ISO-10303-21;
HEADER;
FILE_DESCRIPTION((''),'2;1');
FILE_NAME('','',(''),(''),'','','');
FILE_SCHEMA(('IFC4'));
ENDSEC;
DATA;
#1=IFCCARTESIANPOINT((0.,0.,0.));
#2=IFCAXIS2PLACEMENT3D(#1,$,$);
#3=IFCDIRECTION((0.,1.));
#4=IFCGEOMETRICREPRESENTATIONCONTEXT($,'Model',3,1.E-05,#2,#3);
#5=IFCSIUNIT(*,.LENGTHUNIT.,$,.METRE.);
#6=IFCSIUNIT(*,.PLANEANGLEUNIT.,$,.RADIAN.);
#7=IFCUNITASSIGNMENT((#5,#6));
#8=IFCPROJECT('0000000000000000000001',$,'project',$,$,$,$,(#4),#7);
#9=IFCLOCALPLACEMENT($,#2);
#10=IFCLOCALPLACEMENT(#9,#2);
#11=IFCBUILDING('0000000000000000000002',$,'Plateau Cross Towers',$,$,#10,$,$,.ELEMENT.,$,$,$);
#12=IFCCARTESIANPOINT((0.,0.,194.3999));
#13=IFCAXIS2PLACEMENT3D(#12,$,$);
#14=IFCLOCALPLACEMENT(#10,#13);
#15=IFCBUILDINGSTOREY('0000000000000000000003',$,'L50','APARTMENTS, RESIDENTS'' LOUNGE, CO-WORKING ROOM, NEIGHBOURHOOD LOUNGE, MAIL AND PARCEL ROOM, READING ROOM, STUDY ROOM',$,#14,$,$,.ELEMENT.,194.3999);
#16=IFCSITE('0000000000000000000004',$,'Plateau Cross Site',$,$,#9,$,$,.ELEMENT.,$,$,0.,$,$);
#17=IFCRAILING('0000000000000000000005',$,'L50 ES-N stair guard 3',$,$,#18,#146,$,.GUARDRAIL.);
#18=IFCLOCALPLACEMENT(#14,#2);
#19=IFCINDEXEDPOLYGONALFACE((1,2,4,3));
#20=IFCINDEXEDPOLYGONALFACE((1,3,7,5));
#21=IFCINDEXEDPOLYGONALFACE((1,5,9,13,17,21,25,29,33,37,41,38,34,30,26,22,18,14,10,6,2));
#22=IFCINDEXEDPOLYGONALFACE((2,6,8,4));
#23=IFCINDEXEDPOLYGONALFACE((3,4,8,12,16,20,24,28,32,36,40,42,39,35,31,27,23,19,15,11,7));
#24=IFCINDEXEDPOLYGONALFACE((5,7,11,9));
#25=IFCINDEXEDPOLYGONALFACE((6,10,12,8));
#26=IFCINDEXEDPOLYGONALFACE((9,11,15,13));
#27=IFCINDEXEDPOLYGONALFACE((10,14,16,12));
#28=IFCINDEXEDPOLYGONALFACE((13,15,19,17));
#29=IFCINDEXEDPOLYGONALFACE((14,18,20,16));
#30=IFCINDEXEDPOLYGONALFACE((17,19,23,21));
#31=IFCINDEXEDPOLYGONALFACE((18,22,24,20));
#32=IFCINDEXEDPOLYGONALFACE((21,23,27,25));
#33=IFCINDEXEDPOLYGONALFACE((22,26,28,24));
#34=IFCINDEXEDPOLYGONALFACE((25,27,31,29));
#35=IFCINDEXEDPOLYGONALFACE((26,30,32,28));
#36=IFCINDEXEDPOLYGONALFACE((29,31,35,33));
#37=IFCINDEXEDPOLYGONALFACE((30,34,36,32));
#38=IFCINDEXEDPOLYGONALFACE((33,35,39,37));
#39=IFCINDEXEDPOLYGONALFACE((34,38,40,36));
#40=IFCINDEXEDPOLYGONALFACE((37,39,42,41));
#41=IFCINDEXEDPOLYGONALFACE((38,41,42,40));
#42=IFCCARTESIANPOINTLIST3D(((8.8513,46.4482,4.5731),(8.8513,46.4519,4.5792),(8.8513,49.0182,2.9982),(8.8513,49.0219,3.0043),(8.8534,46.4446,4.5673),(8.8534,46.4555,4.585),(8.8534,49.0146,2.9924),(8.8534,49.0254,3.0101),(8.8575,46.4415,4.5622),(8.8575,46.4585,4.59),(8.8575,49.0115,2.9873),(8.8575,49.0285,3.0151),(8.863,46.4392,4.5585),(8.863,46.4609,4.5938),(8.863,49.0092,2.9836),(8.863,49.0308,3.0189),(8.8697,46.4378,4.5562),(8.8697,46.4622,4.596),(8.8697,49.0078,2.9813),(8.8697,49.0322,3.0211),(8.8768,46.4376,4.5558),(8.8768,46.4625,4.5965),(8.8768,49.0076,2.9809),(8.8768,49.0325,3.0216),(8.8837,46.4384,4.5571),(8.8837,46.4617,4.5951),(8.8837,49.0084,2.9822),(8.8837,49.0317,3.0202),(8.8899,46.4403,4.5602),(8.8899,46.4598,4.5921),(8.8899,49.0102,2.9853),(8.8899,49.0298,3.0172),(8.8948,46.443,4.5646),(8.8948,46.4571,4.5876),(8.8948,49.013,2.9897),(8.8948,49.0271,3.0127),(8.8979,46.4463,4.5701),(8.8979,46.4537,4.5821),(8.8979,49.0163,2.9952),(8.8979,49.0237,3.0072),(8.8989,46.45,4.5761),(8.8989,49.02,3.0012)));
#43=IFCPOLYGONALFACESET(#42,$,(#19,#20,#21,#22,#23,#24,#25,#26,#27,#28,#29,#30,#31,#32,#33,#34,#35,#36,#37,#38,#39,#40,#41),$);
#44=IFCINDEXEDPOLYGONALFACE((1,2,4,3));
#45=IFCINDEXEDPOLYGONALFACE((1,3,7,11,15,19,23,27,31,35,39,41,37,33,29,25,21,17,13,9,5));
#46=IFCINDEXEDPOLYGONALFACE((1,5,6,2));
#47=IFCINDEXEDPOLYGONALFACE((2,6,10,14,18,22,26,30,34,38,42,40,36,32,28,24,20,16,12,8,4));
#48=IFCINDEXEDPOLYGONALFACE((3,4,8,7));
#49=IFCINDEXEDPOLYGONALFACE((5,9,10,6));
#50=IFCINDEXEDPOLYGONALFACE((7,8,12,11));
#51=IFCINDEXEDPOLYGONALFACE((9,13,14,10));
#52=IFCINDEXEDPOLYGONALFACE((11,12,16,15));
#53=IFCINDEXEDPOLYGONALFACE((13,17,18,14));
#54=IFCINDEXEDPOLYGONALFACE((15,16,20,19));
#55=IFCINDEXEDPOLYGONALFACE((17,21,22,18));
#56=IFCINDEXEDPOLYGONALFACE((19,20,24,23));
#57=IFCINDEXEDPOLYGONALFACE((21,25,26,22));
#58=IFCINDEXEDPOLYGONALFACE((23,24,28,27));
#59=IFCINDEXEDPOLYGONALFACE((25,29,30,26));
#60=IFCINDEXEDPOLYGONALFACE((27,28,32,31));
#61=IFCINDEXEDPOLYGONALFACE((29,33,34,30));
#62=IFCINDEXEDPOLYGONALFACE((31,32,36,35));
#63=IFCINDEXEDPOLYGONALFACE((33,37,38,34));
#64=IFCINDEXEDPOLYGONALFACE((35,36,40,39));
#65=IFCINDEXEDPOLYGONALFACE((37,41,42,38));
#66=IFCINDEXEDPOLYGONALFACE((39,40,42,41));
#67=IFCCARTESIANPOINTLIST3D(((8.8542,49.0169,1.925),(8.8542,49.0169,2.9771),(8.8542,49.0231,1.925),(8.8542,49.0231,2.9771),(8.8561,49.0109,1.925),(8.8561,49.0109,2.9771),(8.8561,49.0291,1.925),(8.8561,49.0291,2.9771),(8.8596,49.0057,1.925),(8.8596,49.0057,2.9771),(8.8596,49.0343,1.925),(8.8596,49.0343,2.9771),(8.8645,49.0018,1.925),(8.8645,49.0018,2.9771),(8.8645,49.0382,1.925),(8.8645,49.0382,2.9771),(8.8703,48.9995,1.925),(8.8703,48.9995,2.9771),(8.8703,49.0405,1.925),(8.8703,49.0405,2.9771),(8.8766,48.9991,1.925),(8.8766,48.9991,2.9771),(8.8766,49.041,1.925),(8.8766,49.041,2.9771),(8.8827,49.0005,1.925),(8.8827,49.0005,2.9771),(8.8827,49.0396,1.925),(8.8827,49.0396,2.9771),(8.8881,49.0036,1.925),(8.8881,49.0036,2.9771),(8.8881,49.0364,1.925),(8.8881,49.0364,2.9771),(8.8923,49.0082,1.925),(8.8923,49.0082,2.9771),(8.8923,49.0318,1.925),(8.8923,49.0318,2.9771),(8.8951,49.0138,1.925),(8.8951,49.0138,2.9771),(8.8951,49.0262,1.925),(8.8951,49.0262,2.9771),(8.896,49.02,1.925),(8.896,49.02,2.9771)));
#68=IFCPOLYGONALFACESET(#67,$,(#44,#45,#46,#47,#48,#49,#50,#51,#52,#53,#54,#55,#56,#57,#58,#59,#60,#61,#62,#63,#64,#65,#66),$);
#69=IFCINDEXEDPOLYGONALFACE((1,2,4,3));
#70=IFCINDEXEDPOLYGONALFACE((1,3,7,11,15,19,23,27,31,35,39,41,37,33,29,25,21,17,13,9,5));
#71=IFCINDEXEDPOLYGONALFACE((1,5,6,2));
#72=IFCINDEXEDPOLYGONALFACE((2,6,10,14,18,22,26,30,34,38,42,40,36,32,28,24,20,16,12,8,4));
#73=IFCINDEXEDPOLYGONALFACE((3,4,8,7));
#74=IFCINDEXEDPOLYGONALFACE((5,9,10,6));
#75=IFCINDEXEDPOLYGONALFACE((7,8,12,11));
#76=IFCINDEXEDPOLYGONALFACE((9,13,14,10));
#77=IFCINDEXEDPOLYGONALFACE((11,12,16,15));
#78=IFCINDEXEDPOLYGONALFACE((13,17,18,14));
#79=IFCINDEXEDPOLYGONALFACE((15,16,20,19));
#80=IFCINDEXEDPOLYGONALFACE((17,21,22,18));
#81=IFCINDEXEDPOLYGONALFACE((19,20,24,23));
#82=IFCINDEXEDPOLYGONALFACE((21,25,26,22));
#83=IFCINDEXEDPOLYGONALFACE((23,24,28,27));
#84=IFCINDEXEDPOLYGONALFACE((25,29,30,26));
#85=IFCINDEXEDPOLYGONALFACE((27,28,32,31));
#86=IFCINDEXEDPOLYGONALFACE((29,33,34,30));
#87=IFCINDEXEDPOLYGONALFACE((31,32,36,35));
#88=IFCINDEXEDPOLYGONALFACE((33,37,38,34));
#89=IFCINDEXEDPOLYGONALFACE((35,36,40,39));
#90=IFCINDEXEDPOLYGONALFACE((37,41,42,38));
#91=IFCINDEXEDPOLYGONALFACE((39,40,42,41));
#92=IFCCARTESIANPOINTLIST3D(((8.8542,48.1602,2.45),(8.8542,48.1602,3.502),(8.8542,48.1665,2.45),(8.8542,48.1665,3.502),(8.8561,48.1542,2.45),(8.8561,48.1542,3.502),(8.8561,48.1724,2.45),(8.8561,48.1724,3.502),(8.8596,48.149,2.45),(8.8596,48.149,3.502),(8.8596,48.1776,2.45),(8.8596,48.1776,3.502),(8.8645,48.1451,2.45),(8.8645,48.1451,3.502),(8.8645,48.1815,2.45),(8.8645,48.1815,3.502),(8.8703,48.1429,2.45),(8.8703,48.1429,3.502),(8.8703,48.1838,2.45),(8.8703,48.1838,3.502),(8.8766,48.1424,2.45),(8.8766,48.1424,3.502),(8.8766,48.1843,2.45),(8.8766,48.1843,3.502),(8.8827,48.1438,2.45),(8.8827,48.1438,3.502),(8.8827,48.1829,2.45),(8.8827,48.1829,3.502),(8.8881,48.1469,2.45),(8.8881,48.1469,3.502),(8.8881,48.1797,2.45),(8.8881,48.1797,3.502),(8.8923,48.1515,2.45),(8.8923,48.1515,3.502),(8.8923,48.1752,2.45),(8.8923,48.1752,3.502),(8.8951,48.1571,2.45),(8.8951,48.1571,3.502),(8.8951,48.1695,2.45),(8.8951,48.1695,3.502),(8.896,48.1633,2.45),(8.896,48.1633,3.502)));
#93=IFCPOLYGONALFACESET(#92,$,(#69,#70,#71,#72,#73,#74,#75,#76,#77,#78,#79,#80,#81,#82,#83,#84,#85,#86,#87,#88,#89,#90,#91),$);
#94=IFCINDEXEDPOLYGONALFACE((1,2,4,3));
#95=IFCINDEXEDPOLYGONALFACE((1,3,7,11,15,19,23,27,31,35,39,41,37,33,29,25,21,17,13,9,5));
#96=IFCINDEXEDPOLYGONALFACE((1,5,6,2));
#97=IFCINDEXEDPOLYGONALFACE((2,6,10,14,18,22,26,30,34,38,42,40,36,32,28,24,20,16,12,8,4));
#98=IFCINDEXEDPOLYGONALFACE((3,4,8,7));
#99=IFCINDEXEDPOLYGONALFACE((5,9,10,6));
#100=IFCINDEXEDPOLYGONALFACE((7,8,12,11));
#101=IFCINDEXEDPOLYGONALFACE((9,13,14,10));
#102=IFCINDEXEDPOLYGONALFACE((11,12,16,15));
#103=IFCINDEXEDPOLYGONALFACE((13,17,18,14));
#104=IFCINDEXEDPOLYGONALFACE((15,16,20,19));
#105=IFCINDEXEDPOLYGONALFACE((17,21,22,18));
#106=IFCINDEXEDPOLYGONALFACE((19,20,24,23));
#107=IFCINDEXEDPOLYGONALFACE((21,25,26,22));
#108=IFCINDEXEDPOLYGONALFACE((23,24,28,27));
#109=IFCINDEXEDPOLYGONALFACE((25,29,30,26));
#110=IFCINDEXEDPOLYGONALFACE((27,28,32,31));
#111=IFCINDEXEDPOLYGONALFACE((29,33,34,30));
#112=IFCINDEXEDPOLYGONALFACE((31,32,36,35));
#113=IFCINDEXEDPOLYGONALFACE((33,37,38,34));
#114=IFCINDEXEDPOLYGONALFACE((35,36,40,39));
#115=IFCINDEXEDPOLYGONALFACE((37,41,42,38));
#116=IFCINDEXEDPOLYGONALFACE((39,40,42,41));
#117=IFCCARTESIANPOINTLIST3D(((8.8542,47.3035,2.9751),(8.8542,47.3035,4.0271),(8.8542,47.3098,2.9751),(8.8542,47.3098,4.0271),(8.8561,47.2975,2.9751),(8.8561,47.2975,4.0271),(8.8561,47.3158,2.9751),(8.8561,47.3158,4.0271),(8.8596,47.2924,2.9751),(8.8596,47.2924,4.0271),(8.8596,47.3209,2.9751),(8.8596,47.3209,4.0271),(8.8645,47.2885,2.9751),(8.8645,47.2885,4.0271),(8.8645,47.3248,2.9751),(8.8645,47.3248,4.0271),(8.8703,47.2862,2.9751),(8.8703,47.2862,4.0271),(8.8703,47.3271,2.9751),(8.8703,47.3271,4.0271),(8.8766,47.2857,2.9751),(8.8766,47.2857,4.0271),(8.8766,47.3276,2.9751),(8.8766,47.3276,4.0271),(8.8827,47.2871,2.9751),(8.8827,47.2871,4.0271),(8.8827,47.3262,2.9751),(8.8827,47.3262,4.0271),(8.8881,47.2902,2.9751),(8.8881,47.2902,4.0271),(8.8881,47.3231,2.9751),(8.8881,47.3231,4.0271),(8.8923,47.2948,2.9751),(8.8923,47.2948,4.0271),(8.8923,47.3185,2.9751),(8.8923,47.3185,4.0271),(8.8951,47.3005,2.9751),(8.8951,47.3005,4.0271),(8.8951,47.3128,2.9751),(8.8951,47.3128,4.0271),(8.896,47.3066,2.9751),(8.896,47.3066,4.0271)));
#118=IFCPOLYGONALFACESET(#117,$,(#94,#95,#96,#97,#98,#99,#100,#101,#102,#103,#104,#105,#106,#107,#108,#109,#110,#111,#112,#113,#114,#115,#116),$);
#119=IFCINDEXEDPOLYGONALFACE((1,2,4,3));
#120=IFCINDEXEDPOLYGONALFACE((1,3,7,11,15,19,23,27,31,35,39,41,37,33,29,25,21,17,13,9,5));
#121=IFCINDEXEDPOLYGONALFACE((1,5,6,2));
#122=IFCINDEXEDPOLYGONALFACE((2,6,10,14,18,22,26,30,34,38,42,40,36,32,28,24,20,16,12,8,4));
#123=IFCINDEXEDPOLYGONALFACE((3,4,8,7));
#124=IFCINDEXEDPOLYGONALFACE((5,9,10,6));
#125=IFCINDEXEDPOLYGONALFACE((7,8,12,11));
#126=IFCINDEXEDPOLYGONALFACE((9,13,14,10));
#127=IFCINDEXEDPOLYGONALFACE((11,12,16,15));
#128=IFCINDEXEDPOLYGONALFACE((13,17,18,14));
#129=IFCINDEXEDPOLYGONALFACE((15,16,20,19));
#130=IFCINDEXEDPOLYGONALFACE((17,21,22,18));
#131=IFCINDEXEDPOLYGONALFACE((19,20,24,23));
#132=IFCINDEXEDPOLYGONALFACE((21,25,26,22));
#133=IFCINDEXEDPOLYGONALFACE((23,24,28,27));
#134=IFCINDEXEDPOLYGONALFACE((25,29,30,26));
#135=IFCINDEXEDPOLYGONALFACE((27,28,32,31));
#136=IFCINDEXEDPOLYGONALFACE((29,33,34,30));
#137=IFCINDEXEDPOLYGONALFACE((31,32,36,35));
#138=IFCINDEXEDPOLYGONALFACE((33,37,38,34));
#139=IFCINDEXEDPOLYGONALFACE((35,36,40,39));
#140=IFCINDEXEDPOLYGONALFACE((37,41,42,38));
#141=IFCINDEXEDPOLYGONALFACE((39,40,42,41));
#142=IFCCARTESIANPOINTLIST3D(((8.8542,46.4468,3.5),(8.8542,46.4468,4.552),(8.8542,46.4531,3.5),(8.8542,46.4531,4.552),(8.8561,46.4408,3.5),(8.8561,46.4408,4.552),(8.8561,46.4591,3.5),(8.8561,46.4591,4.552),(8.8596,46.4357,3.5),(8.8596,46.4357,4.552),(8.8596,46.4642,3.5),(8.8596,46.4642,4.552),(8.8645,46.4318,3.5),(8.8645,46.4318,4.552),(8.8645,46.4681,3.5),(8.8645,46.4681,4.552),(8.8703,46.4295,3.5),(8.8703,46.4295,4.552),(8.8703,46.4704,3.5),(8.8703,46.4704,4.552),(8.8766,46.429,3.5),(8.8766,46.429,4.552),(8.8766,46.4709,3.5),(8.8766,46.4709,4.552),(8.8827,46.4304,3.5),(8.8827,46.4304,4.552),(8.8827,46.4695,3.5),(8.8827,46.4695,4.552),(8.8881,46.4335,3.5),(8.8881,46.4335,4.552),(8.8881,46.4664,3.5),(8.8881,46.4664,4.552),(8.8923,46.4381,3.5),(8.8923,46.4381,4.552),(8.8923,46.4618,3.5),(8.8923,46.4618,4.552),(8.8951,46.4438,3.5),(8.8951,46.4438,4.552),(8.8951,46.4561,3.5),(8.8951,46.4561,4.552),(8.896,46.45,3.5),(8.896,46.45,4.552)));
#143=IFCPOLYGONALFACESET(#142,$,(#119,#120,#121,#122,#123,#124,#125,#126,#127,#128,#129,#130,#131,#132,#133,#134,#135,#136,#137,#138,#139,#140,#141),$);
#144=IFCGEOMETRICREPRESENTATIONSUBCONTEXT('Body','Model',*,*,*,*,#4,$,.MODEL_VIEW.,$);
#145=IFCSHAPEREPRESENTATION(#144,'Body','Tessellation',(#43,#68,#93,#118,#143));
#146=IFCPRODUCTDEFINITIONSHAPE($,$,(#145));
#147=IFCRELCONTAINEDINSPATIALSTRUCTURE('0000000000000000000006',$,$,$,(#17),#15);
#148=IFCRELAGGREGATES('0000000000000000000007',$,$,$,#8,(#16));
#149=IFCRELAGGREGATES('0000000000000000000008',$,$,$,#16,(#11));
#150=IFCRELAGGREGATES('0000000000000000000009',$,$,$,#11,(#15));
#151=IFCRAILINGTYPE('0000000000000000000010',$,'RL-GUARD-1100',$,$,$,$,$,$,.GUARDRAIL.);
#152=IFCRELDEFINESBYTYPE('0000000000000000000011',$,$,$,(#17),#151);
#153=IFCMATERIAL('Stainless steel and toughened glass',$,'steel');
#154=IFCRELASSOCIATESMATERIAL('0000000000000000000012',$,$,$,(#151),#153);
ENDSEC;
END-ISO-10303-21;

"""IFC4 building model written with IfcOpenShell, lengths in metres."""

from ifc_helpers import new_model, si_unit, direction, frame, origin, origin_2d, place, context, subcontext, project, spatial, circle, extrude, material, type_object, element, save


model = new_model("IFC4")

# Units and contexts
model_context = context("Model", 3, precision=1e-05, world=origin(), true_north=direction((0.0, 1.0)))
body_context = subcontext(model_context, "Body", "Model", "MODEL_VIEW")
ifc_project = project(units=[si_unit("LENGTHUNIT", "METRE"), si_unit("PLANEANGLEUNIT", "RADIAN")], contexts=[model_context])

# Site, building, storey
site_placement = place(None, origin())
site = spatial("IfcSite", under=ifc_project, at=site_placement, Name="Plateau Cross Site", CompositionType="ELEMENT", RefElevation=0.0)
building_placement = place(site_placement, origin())
building = spatial("IfcBuilding", under=site, at=building_placement, Name="Plateau Cross Towers", CompositionType="ELEMENT")
storey_placement = place(building_placement, frame((0.0, 0.0, 194.3999)))
storey = spatial("IfcBuildingStorey", under=building, at=storey_placement, Name="L50", Description="APARTMENTS, RESIDENTS' LOUNGE, CO-WORKING ROOM, NEIGHBOURHOOD LOUNGE, MAIL AND PARCEL ROOM, READING ROOM, STUDY ROOM", CompositionType="ELEMENT", Elevation=194.3999)

# Railing
ifc_material_1 = material(Name="Stainless steel and toughened glass", Category="steel")
railing_type_1 = type_object("IfcRailingType", Name="RL-GUARD-1100", PredefinedType="GUARDRAIL", material=ifc_material_1)
railing_1_placement = place(storey_placement, frame((8.875, 49.02, 1.925)))
element("IfcRailing", 1, at=railing_1_placement, inside=storey, type_object=railing_type_1, Name="L50 ES-N stair guard 3", PredefinedType="GUARDRAIL", context=body_context, shape_type="SweptSolid", body=[
    extrude(circle(Radius=0.0239, at=origin_2d()), frame((0.0, 0.0, 1.0762), z_axis=(0.0, -0.852639, 0.522501), x_axis=(1.0, 0.0, 0.0)), (0.0, 0.0, 1.0), 3.0142),
    extrude(circle(Radius=0.021, at=origin_2d()), origin(), (0.0, 0.0, 1.0), 1.052),
    extrude(circle(Radius=0.021, at=origin_2d()), frame((0.0, -0.8567, 0.5249)), (0.0, 0.0, 1.0), 1.052),
    extrude(circle(Radius=0.021, at=origin_2d()), frame((0.0, -1.7134, 1.05)), (0.0, 0.0, 1.0), 1.052),
    extrude(circle(Radius=0.021, at=origin_2d()), frame((0.0, -2.5701, 1.575)), (0.0, 0.0, 1.0), 1.052),
])

save(model, "model.ifc")
